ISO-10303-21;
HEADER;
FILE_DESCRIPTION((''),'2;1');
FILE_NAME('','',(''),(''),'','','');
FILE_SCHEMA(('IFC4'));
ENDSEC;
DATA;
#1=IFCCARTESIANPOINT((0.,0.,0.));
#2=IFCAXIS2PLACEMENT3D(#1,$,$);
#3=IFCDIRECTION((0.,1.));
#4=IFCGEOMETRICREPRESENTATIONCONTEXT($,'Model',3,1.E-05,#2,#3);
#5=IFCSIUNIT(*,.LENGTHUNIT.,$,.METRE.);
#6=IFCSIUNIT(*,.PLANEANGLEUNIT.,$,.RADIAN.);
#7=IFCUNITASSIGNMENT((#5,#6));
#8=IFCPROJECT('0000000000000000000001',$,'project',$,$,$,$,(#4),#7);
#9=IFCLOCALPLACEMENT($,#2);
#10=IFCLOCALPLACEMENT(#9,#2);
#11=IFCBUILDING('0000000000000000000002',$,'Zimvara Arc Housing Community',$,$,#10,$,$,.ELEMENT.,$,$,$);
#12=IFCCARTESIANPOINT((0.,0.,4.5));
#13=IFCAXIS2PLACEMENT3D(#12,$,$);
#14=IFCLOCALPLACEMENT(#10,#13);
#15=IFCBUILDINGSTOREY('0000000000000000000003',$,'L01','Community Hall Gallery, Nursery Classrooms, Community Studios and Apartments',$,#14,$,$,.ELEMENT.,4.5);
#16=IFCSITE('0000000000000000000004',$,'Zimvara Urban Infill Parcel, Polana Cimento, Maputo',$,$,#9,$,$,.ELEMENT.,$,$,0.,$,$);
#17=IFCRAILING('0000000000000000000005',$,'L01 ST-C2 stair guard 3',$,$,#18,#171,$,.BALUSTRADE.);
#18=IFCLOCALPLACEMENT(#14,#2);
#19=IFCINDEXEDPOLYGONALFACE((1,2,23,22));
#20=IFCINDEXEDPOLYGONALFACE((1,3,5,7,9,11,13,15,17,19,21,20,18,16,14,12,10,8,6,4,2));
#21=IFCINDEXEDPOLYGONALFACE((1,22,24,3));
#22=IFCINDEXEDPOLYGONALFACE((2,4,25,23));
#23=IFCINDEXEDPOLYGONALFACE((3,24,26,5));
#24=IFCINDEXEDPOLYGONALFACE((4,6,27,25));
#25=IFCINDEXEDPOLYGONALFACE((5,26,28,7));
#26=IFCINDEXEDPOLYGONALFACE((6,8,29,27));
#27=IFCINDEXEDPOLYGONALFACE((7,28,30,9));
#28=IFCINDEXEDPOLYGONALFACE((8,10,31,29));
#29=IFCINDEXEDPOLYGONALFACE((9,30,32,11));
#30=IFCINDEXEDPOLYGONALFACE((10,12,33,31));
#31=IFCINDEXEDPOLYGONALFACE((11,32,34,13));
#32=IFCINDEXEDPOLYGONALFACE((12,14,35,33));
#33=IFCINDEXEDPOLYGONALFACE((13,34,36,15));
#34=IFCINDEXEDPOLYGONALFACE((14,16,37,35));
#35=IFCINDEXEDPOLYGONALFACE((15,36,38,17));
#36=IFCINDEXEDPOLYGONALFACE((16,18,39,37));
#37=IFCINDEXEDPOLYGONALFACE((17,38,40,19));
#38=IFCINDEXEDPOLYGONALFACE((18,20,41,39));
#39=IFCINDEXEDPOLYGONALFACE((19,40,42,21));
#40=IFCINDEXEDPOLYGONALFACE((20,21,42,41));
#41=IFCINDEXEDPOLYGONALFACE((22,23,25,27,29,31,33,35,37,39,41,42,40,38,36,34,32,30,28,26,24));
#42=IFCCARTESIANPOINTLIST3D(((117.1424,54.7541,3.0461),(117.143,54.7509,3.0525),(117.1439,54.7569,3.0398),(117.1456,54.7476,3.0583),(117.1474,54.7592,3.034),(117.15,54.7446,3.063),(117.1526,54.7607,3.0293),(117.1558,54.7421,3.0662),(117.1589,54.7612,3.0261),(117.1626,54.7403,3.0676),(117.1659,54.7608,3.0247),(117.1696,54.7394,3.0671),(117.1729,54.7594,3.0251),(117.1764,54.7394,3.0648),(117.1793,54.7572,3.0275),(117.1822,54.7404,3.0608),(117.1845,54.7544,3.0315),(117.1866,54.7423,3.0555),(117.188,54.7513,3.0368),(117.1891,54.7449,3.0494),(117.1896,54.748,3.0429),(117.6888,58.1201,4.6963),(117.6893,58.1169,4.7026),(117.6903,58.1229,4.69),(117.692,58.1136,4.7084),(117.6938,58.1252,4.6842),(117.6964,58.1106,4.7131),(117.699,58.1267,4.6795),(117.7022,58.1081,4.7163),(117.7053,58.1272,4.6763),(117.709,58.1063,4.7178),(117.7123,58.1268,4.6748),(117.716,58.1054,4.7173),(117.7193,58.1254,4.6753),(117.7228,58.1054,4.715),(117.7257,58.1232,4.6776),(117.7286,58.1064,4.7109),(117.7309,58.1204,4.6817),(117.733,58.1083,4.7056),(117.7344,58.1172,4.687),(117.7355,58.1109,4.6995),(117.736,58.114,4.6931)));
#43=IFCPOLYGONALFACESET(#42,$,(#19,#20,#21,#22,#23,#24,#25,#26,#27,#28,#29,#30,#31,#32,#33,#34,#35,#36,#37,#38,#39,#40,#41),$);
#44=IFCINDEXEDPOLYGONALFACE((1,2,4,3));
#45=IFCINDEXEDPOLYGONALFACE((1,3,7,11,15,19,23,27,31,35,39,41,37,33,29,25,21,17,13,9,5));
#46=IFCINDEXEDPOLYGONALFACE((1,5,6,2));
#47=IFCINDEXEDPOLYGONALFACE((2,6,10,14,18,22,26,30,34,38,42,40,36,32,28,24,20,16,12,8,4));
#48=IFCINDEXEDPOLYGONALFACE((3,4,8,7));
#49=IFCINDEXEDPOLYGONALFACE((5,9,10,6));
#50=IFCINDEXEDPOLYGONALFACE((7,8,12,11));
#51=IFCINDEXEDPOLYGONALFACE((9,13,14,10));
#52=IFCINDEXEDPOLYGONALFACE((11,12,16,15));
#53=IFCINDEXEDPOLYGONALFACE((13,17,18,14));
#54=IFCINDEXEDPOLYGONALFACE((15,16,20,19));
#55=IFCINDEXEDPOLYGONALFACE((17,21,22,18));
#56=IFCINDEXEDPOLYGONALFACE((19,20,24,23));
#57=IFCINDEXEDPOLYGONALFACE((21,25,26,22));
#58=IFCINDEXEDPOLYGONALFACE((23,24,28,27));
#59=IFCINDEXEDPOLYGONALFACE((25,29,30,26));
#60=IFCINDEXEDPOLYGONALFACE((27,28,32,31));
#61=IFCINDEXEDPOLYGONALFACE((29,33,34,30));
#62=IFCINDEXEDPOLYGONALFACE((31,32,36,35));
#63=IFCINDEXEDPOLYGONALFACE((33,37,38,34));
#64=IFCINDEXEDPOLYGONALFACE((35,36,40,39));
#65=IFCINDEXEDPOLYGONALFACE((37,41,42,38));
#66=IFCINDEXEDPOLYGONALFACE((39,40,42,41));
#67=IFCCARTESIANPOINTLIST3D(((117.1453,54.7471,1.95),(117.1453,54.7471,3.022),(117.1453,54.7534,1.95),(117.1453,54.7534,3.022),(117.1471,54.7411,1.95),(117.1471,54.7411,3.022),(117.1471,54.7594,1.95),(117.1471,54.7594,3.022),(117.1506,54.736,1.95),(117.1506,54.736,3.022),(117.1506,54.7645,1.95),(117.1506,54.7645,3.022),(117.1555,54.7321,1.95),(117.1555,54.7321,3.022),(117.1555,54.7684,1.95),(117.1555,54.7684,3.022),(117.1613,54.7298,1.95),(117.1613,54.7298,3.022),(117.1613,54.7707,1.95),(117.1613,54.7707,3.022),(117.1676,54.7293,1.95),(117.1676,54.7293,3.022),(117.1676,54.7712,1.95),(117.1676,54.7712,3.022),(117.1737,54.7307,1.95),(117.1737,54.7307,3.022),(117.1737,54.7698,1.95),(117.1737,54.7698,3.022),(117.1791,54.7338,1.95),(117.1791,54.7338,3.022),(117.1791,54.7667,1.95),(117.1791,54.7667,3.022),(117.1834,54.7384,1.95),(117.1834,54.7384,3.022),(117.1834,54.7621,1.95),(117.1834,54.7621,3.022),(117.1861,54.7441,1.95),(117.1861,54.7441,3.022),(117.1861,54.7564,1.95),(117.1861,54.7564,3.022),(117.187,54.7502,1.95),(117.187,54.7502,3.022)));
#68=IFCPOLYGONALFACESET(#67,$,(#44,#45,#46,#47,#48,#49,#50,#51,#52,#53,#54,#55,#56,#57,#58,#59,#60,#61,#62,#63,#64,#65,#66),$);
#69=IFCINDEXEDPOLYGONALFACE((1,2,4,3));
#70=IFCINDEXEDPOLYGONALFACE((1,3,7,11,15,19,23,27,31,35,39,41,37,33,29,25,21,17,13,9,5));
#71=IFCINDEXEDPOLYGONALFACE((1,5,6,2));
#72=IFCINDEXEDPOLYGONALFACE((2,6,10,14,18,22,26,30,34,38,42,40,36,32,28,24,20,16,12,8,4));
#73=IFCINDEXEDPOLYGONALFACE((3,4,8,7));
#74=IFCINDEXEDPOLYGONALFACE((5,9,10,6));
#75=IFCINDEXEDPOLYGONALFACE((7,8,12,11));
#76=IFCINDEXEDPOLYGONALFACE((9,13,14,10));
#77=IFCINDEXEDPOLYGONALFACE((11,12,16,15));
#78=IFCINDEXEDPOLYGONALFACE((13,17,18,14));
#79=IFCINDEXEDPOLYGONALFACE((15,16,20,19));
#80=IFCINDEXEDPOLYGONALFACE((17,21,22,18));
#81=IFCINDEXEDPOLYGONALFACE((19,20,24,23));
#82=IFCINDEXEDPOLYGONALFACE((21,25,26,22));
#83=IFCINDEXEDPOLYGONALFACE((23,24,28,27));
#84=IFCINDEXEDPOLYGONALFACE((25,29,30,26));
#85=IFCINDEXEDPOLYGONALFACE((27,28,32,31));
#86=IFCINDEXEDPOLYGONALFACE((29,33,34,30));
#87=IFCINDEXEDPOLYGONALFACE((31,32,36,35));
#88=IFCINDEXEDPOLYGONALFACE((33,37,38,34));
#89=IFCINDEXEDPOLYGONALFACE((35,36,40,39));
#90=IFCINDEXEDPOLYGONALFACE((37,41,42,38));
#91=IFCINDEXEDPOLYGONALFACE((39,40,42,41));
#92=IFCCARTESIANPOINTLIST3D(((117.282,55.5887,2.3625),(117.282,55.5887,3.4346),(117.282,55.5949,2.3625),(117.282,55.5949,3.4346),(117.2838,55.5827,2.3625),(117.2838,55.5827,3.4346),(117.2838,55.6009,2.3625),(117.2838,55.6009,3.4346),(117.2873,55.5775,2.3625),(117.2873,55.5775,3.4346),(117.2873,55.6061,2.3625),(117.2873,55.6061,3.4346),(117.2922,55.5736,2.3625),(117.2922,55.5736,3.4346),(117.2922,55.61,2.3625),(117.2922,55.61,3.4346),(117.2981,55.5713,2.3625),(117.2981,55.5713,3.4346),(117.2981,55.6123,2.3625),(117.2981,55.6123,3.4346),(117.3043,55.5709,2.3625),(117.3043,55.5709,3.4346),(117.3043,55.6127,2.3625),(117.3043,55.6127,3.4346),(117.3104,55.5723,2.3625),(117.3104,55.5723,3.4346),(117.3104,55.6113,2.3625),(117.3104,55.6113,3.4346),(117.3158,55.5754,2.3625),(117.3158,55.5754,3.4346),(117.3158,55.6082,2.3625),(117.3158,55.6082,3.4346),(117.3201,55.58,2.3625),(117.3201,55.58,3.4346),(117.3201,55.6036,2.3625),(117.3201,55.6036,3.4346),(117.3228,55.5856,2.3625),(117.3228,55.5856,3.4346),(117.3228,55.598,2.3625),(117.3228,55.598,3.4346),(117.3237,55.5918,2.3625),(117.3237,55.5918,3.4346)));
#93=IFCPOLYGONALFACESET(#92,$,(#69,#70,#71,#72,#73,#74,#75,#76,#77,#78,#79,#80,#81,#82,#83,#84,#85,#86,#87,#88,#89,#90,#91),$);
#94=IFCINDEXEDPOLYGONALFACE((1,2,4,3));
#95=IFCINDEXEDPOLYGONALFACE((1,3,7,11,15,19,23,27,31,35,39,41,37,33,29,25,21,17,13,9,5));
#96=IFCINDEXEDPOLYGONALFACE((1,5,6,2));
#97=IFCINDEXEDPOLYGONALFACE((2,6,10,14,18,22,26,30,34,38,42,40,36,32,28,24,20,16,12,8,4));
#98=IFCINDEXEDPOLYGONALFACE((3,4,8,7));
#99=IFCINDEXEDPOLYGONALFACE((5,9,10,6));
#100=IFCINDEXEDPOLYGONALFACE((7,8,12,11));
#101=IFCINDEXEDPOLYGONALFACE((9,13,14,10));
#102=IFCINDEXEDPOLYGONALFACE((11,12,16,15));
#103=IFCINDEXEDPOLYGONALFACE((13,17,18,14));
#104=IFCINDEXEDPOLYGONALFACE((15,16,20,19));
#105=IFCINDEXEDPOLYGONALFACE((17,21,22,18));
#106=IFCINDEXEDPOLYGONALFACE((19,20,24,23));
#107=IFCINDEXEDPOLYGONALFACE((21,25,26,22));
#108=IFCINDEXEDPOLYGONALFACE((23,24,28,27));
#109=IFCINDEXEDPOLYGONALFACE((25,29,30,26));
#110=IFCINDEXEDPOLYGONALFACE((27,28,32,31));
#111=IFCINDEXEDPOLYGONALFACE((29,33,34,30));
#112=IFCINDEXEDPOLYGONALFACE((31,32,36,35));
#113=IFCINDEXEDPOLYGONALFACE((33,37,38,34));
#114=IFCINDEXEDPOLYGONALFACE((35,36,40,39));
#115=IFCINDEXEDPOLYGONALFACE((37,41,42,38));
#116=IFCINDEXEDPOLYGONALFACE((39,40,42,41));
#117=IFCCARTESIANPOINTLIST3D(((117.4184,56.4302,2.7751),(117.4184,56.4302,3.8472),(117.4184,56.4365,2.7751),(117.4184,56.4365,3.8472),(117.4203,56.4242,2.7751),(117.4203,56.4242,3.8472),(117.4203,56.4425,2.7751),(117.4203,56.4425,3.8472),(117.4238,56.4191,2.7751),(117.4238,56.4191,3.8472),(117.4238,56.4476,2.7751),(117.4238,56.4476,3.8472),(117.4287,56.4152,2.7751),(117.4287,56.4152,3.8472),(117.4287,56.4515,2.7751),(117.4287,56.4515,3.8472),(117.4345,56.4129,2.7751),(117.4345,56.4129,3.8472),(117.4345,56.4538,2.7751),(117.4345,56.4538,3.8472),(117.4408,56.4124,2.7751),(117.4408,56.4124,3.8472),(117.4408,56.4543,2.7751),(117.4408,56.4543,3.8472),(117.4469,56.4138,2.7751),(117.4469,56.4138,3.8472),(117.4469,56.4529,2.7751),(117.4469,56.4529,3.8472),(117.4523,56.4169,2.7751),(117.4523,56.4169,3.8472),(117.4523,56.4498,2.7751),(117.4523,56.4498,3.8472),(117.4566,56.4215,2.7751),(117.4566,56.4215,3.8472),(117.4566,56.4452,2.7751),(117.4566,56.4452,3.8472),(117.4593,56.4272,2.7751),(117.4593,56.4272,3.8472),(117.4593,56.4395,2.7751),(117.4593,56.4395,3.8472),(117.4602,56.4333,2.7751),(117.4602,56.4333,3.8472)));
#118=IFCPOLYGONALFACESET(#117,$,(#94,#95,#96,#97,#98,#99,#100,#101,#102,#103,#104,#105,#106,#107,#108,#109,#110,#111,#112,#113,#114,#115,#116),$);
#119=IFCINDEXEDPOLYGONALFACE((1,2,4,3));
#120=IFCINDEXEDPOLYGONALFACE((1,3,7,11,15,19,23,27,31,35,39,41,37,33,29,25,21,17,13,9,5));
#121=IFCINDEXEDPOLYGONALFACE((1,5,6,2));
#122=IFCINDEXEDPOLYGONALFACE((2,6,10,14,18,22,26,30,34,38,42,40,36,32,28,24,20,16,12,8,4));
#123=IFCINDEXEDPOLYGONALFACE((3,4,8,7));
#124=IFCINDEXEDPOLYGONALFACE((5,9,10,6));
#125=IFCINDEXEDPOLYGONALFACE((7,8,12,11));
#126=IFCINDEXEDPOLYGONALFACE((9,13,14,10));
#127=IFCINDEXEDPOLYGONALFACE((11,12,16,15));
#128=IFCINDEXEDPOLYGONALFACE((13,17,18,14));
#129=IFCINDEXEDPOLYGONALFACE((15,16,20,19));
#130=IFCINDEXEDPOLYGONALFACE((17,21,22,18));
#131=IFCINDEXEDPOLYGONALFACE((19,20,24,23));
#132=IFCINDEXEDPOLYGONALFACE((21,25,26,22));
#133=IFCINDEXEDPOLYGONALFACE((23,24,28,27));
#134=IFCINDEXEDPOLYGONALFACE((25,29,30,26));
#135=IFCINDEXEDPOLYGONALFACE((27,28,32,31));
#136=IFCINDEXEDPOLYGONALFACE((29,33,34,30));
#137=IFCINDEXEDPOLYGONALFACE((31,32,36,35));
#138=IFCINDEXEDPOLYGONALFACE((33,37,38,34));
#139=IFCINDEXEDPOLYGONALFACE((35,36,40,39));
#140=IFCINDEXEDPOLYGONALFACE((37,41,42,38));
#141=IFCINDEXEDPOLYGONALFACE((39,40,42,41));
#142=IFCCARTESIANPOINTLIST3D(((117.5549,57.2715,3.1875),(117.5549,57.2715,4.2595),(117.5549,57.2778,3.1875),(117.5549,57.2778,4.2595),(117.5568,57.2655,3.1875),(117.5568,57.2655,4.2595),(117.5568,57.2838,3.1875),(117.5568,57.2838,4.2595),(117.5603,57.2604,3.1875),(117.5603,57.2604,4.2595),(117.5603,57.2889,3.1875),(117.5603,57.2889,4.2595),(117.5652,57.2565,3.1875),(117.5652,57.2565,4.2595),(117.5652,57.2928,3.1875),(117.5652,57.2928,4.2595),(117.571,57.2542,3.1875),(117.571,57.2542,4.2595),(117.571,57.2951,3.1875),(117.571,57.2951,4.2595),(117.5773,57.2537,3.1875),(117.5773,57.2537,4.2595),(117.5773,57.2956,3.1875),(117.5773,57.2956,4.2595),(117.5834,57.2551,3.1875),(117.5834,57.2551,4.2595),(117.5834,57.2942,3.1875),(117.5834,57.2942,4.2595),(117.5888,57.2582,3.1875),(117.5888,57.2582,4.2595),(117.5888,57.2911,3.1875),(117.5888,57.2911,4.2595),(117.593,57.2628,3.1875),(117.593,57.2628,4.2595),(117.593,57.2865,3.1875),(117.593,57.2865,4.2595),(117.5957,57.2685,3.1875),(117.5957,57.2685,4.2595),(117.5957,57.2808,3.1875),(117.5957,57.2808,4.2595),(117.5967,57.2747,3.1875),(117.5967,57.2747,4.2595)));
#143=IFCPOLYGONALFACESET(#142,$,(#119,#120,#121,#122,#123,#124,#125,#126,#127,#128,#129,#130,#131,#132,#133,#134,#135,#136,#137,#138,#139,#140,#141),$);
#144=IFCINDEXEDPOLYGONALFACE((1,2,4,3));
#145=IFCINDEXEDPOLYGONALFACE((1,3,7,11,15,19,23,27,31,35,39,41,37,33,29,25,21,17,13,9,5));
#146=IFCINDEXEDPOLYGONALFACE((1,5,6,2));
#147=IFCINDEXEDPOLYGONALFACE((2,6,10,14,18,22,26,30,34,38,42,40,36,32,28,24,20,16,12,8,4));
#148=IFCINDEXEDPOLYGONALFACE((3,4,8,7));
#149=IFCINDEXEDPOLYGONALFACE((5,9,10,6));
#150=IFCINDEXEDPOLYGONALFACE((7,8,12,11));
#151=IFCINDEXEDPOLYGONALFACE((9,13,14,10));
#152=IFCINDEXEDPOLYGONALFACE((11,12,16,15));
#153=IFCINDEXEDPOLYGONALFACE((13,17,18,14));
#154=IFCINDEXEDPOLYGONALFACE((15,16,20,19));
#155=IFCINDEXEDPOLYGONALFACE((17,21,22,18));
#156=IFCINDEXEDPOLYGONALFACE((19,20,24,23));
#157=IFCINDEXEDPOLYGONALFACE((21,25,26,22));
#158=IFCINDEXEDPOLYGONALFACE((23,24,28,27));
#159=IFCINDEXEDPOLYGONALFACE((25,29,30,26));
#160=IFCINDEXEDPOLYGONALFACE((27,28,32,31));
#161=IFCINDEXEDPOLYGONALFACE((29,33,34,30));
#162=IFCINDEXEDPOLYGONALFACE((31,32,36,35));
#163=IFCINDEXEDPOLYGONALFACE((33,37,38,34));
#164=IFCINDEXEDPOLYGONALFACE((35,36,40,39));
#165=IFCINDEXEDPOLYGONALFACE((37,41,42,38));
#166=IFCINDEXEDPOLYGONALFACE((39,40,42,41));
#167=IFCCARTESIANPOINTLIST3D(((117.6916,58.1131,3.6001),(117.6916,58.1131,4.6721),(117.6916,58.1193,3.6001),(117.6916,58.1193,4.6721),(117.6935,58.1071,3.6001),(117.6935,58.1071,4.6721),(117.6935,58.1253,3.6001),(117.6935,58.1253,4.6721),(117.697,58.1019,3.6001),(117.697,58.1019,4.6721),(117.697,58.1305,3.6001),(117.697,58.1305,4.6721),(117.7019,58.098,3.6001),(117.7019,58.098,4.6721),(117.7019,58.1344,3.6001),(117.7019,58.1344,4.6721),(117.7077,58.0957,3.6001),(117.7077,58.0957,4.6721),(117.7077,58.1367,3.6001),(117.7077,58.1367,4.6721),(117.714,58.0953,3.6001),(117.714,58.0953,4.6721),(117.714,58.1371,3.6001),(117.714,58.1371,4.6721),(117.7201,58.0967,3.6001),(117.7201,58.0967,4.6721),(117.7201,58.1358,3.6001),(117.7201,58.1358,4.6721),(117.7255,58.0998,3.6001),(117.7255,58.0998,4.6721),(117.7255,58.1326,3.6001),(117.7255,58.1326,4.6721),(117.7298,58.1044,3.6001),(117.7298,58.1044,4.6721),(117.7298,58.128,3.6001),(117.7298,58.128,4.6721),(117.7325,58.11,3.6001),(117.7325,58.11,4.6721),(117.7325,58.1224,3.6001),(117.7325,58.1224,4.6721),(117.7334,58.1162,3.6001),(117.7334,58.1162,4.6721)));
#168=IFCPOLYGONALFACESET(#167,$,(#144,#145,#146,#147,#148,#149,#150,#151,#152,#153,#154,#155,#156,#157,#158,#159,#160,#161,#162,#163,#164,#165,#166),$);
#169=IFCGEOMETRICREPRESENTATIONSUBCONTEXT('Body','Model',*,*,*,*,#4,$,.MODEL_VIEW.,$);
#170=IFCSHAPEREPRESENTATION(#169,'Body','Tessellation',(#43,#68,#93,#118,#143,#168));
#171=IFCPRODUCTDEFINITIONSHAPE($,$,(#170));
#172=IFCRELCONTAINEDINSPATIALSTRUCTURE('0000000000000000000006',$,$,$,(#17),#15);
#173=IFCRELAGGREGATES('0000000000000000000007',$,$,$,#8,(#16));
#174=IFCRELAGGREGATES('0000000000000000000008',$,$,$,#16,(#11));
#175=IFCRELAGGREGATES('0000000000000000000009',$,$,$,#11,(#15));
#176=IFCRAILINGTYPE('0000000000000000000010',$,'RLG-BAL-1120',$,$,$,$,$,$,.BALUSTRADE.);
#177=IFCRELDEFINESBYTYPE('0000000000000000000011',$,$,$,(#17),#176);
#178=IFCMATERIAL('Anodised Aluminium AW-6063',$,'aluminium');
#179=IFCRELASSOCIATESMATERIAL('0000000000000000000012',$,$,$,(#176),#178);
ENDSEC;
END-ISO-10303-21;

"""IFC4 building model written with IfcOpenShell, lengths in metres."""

from ifc_helpers import new_model, si_unit, direction, frame, origin, origin_2d, place, context, subcontext, project, spatial, circle, extrude, material, type_object, element, save


model = new_model("IFC4")

# Units and contexts
model_context = context("Model", 3, precision=1e-05, world=origin(), true_north=direction((0.0, 1.0)))
body_context = subcontext(model_context, "Body", "Model", "MODEL_VIEW")
ifc_project = project(units=[si_unit("LENGTHUNIT", "METRE"), si_unit("PLANEANGLEUNIT", "RADIAN")], contexts=[model_context])

# Site, building, storey
site_placement = place(None, origin())
site = spatial("IfcSite", under=ifc_project, at=site_placement, Name="Zimvara Urban Infill Parcel, Polana Cimento, Maputo", CompositionType="ELEMENT", RefElevation=0.0)
building_placement = place(site_placement, origin())
building = spatial("IfcBuilding", under=site, at=building_placement, Name="Zimvara Arc Housing Community", CompositionType="ELEMENT")
storey_placement = place(building_placement, frame((0.0, 0.0, 4.5)))
storey = spatial("IfcBuildingStorey", under=building, at=storey_placement, Name="L01", Description="Community Hall Gallery, Nursery Classrooms, Community Studios and Apartments", CompositionType="ELEMENT", Elevation=4.5)

# Railing
ifc_material_1 = material(Name="Anodised Aluminium AW-6063", Category="aluminium")
railing_type_1 = type_object("IfcRailingType", Name="RLG-BAL-1120", PredefinedType="BALUSTRADE", material=ifc_material_1)
railing_1_placement = place(storey_placement, frame((117.166, 54.7502, 1.95)))
element("IfcRailing", 1, at=railing_1_placement, inside=storey, type_object=railing_type_1, Name="L01 ST-C2 stair guard 3", PredefinedType="BALUSTRADE", context=body_context, shape_type="SweptSolid", body=[
    extrude(circle(Radius=0.0239, at=origin_2d()), frame((0.0, 0.0, 1.0962), z_axis=(0.14423, 0.888515, 0.43559), x_axis=(-0.98708, 0.16023, 0.0)), (0.0, 0.0, 1.0), 3.7883),
    extrude(circle(Radius=0.021, at=origin_2d()), origin(), (0.0, 0.0, 1.0), 1.072),
    extrude(circle(Radius=0.021, at=origin_2d()), frame((0.1367, 0.8416, 0.4126)), (0.0, 0.0, 1.0), 1.072),
    extrude(circle(Radius=0.021, at=origin_2d()), frame((0.2732, 1.6831, 0.8252)), (0.0, 0.0, 1.0), 1.072),
    extrude(circle(Radius=0.021, at=origin_2d()), frame((0.4097, 2.5244, 1.2375)), (0.0, 0.0, 1.0), 1.072),
    extrude(circle(Radius=0.021, at=origin_2d()), frame((0.5464, 3.366, 1.6501)), (0.0, 0.0, 1.0), 1.072),
])

save(model, "model.ifc")
